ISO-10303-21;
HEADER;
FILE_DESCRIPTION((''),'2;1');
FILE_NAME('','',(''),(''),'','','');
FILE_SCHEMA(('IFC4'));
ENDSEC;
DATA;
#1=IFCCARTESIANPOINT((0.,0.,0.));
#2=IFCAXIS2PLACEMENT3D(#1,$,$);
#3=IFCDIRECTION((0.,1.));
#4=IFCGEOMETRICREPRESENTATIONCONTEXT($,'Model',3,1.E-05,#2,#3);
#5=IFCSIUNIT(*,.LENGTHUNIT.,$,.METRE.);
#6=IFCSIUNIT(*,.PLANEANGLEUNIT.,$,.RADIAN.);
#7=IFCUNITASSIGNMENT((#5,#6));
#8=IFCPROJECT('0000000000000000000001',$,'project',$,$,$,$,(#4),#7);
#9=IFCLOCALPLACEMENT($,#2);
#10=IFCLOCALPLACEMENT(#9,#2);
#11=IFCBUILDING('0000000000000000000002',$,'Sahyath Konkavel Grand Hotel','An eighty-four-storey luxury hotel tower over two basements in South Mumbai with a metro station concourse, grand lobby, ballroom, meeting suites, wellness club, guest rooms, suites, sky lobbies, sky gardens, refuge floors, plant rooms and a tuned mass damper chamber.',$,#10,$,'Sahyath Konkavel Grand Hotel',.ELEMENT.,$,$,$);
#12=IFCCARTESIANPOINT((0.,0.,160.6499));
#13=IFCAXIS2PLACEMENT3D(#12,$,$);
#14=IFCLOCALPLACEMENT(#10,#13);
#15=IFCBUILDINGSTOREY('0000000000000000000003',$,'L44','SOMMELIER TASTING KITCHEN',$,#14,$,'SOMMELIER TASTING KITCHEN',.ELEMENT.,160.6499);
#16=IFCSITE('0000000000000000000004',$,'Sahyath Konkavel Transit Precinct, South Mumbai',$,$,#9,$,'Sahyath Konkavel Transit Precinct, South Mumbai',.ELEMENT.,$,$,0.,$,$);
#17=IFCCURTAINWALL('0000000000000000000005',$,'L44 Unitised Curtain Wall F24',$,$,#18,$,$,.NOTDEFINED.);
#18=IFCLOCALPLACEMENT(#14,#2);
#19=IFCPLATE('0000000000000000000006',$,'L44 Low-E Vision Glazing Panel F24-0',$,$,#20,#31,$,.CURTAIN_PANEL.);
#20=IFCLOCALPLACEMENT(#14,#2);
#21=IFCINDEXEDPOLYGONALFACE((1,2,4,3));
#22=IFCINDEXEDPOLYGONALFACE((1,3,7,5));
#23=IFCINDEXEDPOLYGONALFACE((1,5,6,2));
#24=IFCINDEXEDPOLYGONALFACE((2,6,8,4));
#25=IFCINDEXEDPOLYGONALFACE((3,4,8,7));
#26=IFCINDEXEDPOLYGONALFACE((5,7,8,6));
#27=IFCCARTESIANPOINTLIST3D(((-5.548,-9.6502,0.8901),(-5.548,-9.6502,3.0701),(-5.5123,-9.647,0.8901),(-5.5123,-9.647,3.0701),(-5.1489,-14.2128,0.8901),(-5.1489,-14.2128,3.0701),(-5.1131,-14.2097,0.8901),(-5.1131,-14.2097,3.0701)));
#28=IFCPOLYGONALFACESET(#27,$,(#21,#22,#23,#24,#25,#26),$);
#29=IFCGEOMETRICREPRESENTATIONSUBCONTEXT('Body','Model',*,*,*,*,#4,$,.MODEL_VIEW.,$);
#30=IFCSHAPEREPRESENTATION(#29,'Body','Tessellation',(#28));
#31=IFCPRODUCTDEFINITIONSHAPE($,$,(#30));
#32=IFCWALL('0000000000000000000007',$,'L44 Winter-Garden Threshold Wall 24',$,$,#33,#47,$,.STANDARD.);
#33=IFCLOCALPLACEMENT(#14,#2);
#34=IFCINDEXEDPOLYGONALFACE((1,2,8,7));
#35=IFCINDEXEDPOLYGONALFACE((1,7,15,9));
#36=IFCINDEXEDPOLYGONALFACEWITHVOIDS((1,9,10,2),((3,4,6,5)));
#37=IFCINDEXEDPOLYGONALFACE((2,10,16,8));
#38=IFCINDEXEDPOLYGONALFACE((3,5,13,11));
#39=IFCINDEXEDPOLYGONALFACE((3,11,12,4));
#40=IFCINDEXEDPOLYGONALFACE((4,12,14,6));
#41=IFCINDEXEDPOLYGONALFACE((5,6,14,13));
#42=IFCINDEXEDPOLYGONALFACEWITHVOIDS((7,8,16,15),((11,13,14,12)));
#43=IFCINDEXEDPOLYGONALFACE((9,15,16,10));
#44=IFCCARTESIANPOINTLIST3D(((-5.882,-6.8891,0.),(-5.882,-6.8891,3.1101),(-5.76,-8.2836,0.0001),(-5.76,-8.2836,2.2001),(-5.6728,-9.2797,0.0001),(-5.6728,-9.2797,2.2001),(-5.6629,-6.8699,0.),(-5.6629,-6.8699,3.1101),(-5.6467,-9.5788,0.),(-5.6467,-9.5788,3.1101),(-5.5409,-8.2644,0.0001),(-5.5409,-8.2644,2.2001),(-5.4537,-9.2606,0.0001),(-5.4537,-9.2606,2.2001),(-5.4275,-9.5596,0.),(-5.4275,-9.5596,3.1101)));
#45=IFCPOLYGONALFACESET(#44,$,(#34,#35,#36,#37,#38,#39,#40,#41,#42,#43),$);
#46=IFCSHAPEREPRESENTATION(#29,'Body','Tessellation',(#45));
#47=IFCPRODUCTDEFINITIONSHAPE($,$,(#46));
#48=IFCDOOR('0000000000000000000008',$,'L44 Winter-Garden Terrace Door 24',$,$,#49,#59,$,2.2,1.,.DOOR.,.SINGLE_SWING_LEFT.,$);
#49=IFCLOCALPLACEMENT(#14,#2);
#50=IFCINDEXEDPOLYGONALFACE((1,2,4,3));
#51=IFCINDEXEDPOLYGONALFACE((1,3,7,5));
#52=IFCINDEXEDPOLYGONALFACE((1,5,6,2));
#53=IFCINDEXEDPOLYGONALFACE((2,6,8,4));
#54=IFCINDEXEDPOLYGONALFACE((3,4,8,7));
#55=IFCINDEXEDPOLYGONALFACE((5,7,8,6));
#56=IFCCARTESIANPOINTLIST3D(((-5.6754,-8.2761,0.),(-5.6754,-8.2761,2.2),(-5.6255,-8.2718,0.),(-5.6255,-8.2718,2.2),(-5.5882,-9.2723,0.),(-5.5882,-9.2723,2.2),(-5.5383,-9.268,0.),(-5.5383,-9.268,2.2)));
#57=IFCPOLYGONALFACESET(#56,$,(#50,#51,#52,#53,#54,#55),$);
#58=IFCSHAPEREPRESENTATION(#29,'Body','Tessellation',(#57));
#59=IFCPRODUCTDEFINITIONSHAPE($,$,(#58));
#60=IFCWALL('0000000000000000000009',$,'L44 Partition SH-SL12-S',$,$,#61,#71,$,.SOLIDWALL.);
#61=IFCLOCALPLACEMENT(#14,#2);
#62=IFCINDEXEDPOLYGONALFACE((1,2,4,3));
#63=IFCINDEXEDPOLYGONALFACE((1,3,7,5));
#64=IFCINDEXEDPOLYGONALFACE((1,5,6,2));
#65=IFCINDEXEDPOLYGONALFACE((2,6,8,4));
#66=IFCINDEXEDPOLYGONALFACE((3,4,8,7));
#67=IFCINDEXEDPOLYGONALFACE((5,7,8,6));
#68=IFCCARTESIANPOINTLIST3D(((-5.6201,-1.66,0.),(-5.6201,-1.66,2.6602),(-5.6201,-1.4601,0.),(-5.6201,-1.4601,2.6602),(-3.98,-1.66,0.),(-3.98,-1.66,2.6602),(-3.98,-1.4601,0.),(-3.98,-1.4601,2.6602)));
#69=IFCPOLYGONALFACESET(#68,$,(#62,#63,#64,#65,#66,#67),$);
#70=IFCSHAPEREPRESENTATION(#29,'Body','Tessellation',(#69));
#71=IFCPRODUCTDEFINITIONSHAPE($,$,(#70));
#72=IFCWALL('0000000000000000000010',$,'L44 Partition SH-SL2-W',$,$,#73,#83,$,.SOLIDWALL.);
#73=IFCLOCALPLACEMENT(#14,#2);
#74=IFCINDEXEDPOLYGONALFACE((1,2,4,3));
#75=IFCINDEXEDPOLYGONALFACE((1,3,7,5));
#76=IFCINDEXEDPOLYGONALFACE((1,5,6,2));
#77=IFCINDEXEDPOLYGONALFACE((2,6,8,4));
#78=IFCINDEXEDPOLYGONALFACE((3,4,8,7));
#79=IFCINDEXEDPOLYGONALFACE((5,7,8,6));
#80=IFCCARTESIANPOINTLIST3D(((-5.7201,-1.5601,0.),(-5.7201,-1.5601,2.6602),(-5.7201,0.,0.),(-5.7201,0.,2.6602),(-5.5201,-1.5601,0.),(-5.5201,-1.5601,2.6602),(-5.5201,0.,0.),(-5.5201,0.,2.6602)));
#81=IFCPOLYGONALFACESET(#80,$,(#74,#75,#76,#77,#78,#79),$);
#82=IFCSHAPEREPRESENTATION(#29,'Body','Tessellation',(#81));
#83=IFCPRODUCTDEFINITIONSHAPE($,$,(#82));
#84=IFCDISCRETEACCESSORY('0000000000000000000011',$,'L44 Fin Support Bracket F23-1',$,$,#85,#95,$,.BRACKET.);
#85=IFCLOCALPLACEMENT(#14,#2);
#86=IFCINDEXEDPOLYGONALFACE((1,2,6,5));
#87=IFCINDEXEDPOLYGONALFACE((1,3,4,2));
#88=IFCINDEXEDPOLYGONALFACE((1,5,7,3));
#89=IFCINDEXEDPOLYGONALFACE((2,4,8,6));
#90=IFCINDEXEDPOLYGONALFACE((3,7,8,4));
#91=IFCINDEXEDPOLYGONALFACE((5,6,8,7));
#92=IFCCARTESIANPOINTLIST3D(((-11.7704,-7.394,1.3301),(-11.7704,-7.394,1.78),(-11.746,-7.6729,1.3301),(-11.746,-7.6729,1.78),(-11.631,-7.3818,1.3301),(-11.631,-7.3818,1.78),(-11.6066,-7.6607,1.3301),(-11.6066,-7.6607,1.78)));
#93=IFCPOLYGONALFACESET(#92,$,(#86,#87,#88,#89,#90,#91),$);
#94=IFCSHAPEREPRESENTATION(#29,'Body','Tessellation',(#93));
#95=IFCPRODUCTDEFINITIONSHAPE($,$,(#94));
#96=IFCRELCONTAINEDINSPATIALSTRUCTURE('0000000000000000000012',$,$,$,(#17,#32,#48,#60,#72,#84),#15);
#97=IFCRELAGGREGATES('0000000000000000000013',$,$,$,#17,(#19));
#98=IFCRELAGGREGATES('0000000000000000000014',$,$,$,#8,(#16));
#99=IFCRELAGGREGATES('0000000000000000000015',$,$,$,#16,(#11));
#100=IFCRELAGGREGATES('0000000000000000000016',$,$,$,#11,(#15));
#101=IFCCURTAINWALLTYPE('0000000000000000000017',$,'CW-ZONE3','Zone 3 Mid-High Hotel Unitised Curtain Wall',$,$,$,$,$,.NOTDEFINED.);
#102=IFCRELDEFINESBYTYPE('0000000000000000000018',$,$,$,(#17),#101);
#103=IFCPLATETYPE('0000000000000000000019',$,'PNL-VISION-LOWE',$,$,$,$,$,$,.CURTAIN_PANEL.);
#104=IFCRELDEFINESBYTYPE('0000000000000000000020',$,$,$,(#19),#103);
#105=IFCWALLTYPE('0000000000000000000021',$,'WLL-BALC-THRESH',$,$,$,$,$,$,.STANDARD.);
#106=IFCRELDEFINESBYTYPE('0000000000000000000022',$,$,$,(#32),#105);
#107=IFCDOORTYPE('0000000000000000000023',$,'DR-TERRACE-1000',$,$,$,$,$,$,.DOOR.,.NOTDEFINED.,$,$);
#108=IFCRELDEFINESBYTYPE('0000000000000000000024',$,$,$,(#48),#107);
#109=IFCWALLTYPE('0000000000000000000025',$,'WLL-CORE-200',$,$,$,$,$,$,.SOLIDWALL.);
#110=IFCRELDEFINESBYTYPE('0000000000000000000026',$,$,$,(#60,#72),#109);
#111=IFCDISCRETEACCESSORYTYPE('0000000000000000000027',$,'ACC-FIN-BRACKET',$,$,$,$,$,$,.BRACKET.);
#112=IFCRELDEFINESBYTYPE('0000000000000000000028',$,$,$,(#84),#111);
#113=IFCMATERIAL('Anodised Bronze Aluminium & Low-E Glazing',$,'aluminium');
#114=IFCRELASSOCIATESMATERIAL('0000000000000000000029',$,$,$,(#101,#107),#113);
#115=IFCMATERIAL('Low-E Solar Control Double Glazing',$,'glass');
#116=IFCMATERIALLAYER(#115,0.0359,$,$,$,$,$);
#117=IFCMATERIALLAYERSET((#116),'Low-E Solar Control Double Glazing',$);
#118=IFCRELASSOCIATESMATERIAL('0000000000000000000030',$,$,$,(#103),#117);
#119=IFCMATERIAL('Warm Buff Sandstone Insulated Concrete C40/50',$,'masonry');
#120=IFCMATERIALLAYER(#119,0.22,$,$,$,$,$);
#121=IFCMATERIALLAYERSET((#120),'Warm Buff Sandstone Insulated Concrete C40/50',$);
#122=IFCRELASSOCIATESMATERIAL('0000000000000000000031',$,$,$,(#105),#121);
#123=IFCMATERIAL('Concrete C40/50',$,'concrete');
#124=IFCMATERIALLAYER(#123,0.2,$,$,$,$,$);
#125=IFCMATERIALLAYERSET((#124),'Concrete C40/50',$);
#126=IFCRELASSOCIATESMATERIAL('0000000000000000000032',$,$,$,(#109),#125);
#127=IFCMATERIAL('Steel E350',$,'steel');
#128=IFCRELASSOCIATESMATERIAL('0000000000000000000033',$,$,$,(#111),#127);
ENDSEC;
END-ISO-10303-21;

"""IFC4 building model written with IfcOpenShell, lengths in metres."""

from ifc_helpers import new_model, si_unit, direction, frame, frame_2d, origin, origin_2d, place, context, subcontext, project, spatial, rectangle, extrude, source, transform, mapped, material, layer, layer_set, type_object, element, fill, aggregate, save


model = new_model("IFC4")

# Units and contexts
model_context = context("Model", 3, precision=1e-05, world=origin(), true_north=direction((0.0, 1.0)))
body_context = subcontext(model_context, "Body", "Model", "MODEL_VIEW")
ifc_project = project(units=[si_unit("LENGTHUNIT", "METRE"), si_unit("PLANEANGLEUNIT", "RADIAN")], contexts=[model_context])

# Site, building, storey
site_placement = place(None, origin())
site = spatial("IfcSite", under=ifc_project, at=site_placement, Name="Sahyath Konkavel Transit Precinct, South Mumbai", LongName="Sahyath Konkavel Transit Precinct, South Mumbai", CompositionType="ELEMENT", RefElevation=0.0)
building_placement = place(site_placement, origin())
building = spatial("IfcBuilding", under=site, at=building_placement, Name="Sahyath Konkavel Grand Hotel", Description="An eighty-four-storey luxury hotel tower over two basements in South Mumbai with a metro station concourse, grand lobby, ballroom, meeting suites, wellness club, guest rooms, suites, sky lobbies, sky gardens, refuge floors, plant rooms and a tuned mass damper chamber.", LongName="Sahyath Konkavel Grand Hotel", CompositionType="ELEMENT")
storey_placement = place(building_placement, frame((0.0, 0.0, 160.6499)))
storey = spatial("IfcBuildingStorey", under=building, at=storey_placement, Name="L44", Description="SOMMELIER TASTING KITCHEN", LongName="SOMMELIER TASTING KITCHEN", CompositionType="ELEMENT", Elevation=160.6499)

# Shared definitions
ifc_material_1 = material(Name="Steel E350", Category="steel")

# Curtain wall
ifc_material_2 = material(Name="Anodised Bronze Aluminium & Low-E Glazing", Category="aluminium")
curtain_wall_type = type_object("IfcCurtainWallType", Name="CW-ZONE3", Description="Zone 3 Mid-High Hotel Unitised Curtain Wall", PredefinedType="NOTDEFINED", material=ifc_material_2)
curtain_wall_1_placement = place(storey_placement, origin())
curtain_wall_1 = element("IfcCurtainWall", 1, at=curtain_wall_1_placement, inside=storey, type_object=curtain_wall_type, Name="L44 Unitised Curtain Wall F24", PredefinedType="NOTDEFINED")

# Plate
ifc_material_3 = material(Name="Low-E Solar Control Double Glazing", Category="glass")
ifc_layer_1 = layer(ifc_material_3, 0.0359)
ifc_layer_set_1 = layer_set([ifc_layer_1], Name="Low-E Solar Control Double Glazing")
plate_type_1 = type_object("IfcPlateType", Name="PNL-VISION-LOWE", PredefinedType="CURTAIN_PANEL", material=ifc_layer_set_1)
shared_shape_1 = source(origin(), body_context, "Body", "SweptSolid", [
    extrude(rectangle(XDim=4.5801, YDim=0.0359, at=origin_2d()), origin(), (0.0, 0.0, 1.0), 2.1799),
])
plate_1_placement = place(storey_placement, frame((-5.3306, -11.9299, 0.8901), z_axis=(0.0, 0.0, 1.0), x_axis=(0.087156, -0.996195, 0.0)))
plate_1 = element("IfcPlate", 2, at=plate_1_placement, type_object=plate_type_1, Name="L44 Low-E Vision Glazing Panel F24-0", PredefinedType="CURTAIN_PANEL", context=body_context, shape_type="MappedRepresentation", body=[
    mapped(shared_shape_1, transform((0.0, 0.0, 0.0), scale=1.0)),
])
aggregate(curtain_wall_1, [plate_1])

# Wall, opening, door
ifc_material_4 = material(Name="Warm Buff Sandstone Insulated Concrete C40/50", Category="masonry")
ifc_layer_2 = layer(ifc_material_4, 0.22)
ifc_layer_set_2 = layer_set([ifc_layer_2], Name="Warm Buff Sandstone Insulated Concrete C40/50")
wall_type_1 = type_object("IfcWallType", Name="WLL-BALC-THRESH", PredefinedType="STANDARD", material=ifc_layer_set_2)
wall_1_placement = place(storey_placement, frame((-5.7725, -6.8794, 0.0), z_axis=(0.0, 0.0, 1.0), x_axis=(0.087168, -0.996194, 0.0)))
wall_1 = element("IfcWall", 3, at=wall_1_placement, inside=storey, type_object=wall_type_1, Name="L44 Winter-Garden Threshold Wall 24", PredefinedType="STANDARD", context=body_context, shape_type="SweptSolid", body=[
    extrude(rectangle(XDim=2.7, YDim=0.22, at=frame_2d((1.3501, 0.0))), origin(), (0.0, 0.0, 1.0), 3.1101),
])
opening_placement = place(wall_1_placement, frame((1.3999, 0.0, 0.0)))
opening = element("IfcOpeningElement", 4, at=opening_placement, cuts=wall_1, PredefinedType="OPENING", context=body_context, shape_type="SweptSolid", body=[
    extrude(rectangle(XDim=1.0, YDim=2.2, at=frame_2d((0.5, 1.1001))), frame((0.0, 0.1201, 0.0), z_axis=(0.0, -1.0, 0.0), x_axis=(1.0, 0.0, 0.0)), (0.0, 0.0, 1.0), 0.24),
])
door_type = type_object("IfcDoorType", Name="DR-TERRACE-1000", OperationType="NOTDEFINED", PredefinedType="DOOR", material=ifc_material_2)
shared_shape_2 = source(origin(), body_context, "Body", "SweptSolid", [
    extrude(rectangle(XDim=1.0, YDim=0.05, at=origin_2d()), origin(), (0.0, 0.0, 1.0), 2.2),
])
door_placement = place(opening_placement, frame((0.5, 0.0, 0.0)))
door = element("IfcDoor", 5, at=door_placement, inside=storey, type_object=door_type, Name="L44 Winter-Garden Terrace Door 24", OperationType="SINGLE_SWING_LEFT", OverallHeight=2.2, OverallWidth=1.0, PredefinedType="DOOR", context=body_context, shape_type="MappedRepresentation", body=[
    mapped(shared_shape_2, transform((0.0, 0.0, 0.0), scale=1.0)),
])
fill(opening, door)

# Walls
ifc_material_5 = material(Name="Concrete C40/50", Category="concrete")
ifc_layer_3 = layer(ifc_material_5, 0.2)
ifc_layer_set_3 = layer_set([ifc_layer_3], Name="Concrete C40/50")
wall_type_2 = type_object("IfcWallType", Name="WLL-CORE-200", PredefinedType="SOLIDWALL", material=ifc_layer_set_3)
wall_2_placement = place(storey_placement, frame((-5.6201, -1.5601, 0.0), z_axis=(0.0, 0.0, 1.0), x_axis=(1.0, 0.0, 0.0)))
element("IfcWall", 6, at=wall_2_placement, inside=storey, type_object=wall_type_2, Name="L44 Partition SH-SL12-S", PredefinedType="SOLIDWALL", context=body_context, shape_type="SweptSolid", body=[
    extrude(rectangle(XDim=1.6401, YDim=0.2, at=frame_2d((0.8201, 0.0))), origin(), (0.0, 0.0, 1.0), 2.6602),
])
wall_3_placement = place(storey_placement, frame((-5.6201, -1.5601, 0.0), z_axis=(0.0, 0.0, 1.0), x_axis=(0.0, 1.0, 0.0)))
element("IfcWall", 7, at=wall_3_placement, inside=storey, type_object=wall_type_2, Name="L44 Partition SH-SL2-W", PredefinedType="SOLIDWALL", context=body_context, shape_type="SweptSolid", body=[
    extrude(rectangle(XDim=1.5601, YDim=0.2, at=frame_2d((0.78, 0.0))), origin(), (0.0, 0.0, 1.0), 2.6602),
])

# Discrete accessory
discrete_accessory_type = type_object("IfcDiscreteAccessoryType", Name="ACC-FIN-BRACKET", PredefinedType="BRACKET", material=ifc_material_1)
shared_shape_3 = source(origin(), body_context, "Body", "SweptSolid", [
    extrude(rectangle(XDim=0.28, YDim=0.1399, at=origin_2d()), origin(), (0.0, 0.0, 1.0), 0.45),
])
discrete_accessory_placement = place(storey_placement, frame((-11.6885, -7.5273, 1.3301), z_axis=(0.0, 0.0, 1.0), x_axis=(0.087156, -0.996195, 0.0)))
element("IfcDiscreteAccessory", 8, at=discrete_accessory_placement, inside=storey, type_object=discrete_accessory_type, Name="L44 Fin Support Bracket F23-1", PredefinedType="BRACKET", context=body_context, shape_type="MappedRepresentation", body=[
    mapped(shared_shape_3, transform((0.0, 0.0, 0.0), scale=1.0)),
])

save(model, "model.ifc")
